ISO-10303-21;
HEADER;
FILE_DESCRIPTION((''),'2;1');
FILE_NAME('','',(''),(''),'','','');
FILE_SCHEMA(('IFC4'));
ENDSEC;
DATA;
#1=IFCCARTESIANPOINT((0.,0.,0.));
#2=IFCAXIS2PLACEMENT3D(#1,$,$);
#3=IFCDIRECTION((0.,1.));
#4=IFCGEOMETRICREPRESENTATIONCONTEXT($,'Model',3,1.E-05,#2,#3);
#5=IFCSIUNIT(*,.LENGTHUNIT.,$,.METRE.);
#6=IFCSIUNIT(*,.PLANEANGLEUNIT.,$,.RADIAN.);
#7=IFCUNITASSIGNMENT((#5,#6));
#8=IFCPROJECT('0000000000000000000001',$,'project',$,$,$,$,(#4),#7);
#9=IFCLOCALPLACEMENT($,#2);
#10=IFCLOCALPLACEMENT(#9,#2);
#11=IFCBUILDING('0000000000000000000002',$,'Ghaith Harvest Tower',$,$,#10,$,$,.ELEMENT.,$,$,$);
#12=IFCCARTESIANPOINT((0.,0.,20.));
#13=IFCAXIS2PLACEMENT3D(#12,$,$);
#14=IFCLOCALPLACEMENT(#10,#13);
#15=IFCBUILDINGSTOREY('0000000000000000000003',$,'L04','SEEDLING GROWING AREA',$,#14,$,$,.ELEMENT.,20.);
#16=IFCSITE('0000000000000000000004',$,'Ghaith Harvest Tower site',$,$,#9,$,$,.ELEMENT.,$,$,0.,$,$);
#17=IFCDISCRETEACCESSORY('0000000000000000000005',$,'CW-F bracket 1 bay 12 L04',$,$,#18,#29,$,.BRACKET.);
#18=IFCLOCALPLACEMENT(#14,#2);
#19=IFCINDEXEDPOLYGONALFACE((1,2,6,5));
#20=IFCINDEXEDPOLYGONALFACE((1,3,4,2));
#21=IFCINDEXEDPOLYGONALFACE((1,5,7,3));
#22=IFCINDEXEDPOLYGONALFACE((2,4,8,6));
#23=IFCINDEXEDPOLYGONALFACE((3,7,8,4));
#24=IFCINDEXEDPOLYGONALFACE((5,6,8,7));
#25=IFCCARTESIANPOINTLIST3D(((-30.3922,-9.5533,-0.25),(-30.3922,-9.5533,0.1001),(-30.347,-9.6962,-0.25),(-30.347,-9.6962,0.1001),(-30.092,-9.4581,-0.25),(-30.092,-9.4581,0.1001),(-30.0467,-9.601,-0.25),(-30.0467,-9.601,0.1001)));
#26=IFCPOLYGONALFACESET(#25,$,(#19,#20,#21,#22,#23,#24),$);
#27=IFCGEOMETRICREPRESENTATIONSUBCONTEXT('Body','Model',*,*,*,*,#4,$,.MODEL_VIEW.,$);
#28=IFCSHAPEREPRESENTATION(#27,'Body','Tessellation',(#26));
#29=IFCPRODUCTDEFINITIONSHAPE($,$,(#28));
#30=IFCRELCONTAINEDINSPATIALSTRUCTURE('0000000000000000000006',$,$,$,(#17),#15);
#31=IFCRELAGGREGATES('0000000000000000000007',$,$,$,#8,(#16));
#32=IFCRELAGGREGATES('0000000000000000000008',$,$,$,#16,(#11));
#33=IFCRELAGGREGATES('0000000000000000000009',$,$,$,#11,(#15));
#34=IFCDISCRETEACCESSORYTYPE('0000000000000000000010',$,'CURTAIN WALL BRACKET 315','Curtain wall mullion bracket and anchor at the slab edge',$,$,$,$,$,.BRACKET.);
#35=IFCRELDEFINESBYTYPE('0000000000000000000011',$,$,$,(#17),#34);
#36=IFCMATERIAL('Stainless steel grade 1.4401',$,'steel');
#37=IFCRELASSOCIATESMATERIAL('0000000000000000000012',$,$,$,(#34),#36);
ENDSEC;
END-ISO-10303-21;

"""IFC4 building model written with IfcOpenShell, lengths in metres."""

from ifc_helpers import new_model, si_unit, direction, frame, origin, origin_2d, place, context, subcontext, project, spatial, rectangle, extrude, material, type_object, element, save


model = new_model("IFC4")

# Units and contexts
model_context = context("Model", 3, precision=1e-05, world=origin(), true_north=direction((0.0, 1.0)))
body_context = subcontext(model_context, "Body", "Model", "MODEL_VIEW")
ifc_project = project(units=[si_unit("LENGTHUNIT", "METRE"), si_unit("PLANEANGLEUNIT", "RADIAN")], contexts=[model_context])

# Site, building, storey
site_placement = place(None, origin())
site = spatial("IfcSite", under=ifc_project, at=site_placement, Name="Ghaith Harvest Tower site", CompositionType="ELEMENT", RefElevation=0.0)
building_placement = place(site_placement, origin())
building = spatial("IfcBuilding", under=site, at=building_placement, Name="Ghaith Harvest Tower", CompositionType="ELEMENT")
storey_placement = place(building_placement, frame((0.0, 0.0, 20.0)))
storey = spatial("IfcBuildingStorey", under=building, at=storey_placement, Name="L04", Description="SEEDLING GROWING AREA", CompositionType="ELEMENT", Elevation=20.0)

# Discrete accessory
ifc_material_1 = material(Name="Stainless steel grade 1.4401", Category="steel")
discrete_accessory_type = type_object("IfcDiscreteAccessoryType", Name="CURTAIN WALL BRACKET 315", Description="Curtain wall mullion bracket and anchor at the slab edge", PredefinedType="BRACKET", material=ifc_material_1)
discrete_accessory_placement = place(storey_placement, frame((-30.2195, -9.5771, -0.25), z_axis=(0.0, 0.0, 1.0), x_axis=(-0.953273, -0.30211, 0.0)))
element("IfcDiscreteAccessory", 1, at=discrete_accessory_placement, inside=storey, type_object=discrete_accessory_type, Name="CW-F bracket 1 bay 12 L04", PredefinedType="BRACKET", context=body_context, shape_type="SweptSolid", body=[
    extrude(rectangle(XDim=0.3149, YDim=0.1499, at=origin_2d()), origin(), (0.0, 0.0, 1.0), 0.3501),
])

save(model, "model.ifc")
